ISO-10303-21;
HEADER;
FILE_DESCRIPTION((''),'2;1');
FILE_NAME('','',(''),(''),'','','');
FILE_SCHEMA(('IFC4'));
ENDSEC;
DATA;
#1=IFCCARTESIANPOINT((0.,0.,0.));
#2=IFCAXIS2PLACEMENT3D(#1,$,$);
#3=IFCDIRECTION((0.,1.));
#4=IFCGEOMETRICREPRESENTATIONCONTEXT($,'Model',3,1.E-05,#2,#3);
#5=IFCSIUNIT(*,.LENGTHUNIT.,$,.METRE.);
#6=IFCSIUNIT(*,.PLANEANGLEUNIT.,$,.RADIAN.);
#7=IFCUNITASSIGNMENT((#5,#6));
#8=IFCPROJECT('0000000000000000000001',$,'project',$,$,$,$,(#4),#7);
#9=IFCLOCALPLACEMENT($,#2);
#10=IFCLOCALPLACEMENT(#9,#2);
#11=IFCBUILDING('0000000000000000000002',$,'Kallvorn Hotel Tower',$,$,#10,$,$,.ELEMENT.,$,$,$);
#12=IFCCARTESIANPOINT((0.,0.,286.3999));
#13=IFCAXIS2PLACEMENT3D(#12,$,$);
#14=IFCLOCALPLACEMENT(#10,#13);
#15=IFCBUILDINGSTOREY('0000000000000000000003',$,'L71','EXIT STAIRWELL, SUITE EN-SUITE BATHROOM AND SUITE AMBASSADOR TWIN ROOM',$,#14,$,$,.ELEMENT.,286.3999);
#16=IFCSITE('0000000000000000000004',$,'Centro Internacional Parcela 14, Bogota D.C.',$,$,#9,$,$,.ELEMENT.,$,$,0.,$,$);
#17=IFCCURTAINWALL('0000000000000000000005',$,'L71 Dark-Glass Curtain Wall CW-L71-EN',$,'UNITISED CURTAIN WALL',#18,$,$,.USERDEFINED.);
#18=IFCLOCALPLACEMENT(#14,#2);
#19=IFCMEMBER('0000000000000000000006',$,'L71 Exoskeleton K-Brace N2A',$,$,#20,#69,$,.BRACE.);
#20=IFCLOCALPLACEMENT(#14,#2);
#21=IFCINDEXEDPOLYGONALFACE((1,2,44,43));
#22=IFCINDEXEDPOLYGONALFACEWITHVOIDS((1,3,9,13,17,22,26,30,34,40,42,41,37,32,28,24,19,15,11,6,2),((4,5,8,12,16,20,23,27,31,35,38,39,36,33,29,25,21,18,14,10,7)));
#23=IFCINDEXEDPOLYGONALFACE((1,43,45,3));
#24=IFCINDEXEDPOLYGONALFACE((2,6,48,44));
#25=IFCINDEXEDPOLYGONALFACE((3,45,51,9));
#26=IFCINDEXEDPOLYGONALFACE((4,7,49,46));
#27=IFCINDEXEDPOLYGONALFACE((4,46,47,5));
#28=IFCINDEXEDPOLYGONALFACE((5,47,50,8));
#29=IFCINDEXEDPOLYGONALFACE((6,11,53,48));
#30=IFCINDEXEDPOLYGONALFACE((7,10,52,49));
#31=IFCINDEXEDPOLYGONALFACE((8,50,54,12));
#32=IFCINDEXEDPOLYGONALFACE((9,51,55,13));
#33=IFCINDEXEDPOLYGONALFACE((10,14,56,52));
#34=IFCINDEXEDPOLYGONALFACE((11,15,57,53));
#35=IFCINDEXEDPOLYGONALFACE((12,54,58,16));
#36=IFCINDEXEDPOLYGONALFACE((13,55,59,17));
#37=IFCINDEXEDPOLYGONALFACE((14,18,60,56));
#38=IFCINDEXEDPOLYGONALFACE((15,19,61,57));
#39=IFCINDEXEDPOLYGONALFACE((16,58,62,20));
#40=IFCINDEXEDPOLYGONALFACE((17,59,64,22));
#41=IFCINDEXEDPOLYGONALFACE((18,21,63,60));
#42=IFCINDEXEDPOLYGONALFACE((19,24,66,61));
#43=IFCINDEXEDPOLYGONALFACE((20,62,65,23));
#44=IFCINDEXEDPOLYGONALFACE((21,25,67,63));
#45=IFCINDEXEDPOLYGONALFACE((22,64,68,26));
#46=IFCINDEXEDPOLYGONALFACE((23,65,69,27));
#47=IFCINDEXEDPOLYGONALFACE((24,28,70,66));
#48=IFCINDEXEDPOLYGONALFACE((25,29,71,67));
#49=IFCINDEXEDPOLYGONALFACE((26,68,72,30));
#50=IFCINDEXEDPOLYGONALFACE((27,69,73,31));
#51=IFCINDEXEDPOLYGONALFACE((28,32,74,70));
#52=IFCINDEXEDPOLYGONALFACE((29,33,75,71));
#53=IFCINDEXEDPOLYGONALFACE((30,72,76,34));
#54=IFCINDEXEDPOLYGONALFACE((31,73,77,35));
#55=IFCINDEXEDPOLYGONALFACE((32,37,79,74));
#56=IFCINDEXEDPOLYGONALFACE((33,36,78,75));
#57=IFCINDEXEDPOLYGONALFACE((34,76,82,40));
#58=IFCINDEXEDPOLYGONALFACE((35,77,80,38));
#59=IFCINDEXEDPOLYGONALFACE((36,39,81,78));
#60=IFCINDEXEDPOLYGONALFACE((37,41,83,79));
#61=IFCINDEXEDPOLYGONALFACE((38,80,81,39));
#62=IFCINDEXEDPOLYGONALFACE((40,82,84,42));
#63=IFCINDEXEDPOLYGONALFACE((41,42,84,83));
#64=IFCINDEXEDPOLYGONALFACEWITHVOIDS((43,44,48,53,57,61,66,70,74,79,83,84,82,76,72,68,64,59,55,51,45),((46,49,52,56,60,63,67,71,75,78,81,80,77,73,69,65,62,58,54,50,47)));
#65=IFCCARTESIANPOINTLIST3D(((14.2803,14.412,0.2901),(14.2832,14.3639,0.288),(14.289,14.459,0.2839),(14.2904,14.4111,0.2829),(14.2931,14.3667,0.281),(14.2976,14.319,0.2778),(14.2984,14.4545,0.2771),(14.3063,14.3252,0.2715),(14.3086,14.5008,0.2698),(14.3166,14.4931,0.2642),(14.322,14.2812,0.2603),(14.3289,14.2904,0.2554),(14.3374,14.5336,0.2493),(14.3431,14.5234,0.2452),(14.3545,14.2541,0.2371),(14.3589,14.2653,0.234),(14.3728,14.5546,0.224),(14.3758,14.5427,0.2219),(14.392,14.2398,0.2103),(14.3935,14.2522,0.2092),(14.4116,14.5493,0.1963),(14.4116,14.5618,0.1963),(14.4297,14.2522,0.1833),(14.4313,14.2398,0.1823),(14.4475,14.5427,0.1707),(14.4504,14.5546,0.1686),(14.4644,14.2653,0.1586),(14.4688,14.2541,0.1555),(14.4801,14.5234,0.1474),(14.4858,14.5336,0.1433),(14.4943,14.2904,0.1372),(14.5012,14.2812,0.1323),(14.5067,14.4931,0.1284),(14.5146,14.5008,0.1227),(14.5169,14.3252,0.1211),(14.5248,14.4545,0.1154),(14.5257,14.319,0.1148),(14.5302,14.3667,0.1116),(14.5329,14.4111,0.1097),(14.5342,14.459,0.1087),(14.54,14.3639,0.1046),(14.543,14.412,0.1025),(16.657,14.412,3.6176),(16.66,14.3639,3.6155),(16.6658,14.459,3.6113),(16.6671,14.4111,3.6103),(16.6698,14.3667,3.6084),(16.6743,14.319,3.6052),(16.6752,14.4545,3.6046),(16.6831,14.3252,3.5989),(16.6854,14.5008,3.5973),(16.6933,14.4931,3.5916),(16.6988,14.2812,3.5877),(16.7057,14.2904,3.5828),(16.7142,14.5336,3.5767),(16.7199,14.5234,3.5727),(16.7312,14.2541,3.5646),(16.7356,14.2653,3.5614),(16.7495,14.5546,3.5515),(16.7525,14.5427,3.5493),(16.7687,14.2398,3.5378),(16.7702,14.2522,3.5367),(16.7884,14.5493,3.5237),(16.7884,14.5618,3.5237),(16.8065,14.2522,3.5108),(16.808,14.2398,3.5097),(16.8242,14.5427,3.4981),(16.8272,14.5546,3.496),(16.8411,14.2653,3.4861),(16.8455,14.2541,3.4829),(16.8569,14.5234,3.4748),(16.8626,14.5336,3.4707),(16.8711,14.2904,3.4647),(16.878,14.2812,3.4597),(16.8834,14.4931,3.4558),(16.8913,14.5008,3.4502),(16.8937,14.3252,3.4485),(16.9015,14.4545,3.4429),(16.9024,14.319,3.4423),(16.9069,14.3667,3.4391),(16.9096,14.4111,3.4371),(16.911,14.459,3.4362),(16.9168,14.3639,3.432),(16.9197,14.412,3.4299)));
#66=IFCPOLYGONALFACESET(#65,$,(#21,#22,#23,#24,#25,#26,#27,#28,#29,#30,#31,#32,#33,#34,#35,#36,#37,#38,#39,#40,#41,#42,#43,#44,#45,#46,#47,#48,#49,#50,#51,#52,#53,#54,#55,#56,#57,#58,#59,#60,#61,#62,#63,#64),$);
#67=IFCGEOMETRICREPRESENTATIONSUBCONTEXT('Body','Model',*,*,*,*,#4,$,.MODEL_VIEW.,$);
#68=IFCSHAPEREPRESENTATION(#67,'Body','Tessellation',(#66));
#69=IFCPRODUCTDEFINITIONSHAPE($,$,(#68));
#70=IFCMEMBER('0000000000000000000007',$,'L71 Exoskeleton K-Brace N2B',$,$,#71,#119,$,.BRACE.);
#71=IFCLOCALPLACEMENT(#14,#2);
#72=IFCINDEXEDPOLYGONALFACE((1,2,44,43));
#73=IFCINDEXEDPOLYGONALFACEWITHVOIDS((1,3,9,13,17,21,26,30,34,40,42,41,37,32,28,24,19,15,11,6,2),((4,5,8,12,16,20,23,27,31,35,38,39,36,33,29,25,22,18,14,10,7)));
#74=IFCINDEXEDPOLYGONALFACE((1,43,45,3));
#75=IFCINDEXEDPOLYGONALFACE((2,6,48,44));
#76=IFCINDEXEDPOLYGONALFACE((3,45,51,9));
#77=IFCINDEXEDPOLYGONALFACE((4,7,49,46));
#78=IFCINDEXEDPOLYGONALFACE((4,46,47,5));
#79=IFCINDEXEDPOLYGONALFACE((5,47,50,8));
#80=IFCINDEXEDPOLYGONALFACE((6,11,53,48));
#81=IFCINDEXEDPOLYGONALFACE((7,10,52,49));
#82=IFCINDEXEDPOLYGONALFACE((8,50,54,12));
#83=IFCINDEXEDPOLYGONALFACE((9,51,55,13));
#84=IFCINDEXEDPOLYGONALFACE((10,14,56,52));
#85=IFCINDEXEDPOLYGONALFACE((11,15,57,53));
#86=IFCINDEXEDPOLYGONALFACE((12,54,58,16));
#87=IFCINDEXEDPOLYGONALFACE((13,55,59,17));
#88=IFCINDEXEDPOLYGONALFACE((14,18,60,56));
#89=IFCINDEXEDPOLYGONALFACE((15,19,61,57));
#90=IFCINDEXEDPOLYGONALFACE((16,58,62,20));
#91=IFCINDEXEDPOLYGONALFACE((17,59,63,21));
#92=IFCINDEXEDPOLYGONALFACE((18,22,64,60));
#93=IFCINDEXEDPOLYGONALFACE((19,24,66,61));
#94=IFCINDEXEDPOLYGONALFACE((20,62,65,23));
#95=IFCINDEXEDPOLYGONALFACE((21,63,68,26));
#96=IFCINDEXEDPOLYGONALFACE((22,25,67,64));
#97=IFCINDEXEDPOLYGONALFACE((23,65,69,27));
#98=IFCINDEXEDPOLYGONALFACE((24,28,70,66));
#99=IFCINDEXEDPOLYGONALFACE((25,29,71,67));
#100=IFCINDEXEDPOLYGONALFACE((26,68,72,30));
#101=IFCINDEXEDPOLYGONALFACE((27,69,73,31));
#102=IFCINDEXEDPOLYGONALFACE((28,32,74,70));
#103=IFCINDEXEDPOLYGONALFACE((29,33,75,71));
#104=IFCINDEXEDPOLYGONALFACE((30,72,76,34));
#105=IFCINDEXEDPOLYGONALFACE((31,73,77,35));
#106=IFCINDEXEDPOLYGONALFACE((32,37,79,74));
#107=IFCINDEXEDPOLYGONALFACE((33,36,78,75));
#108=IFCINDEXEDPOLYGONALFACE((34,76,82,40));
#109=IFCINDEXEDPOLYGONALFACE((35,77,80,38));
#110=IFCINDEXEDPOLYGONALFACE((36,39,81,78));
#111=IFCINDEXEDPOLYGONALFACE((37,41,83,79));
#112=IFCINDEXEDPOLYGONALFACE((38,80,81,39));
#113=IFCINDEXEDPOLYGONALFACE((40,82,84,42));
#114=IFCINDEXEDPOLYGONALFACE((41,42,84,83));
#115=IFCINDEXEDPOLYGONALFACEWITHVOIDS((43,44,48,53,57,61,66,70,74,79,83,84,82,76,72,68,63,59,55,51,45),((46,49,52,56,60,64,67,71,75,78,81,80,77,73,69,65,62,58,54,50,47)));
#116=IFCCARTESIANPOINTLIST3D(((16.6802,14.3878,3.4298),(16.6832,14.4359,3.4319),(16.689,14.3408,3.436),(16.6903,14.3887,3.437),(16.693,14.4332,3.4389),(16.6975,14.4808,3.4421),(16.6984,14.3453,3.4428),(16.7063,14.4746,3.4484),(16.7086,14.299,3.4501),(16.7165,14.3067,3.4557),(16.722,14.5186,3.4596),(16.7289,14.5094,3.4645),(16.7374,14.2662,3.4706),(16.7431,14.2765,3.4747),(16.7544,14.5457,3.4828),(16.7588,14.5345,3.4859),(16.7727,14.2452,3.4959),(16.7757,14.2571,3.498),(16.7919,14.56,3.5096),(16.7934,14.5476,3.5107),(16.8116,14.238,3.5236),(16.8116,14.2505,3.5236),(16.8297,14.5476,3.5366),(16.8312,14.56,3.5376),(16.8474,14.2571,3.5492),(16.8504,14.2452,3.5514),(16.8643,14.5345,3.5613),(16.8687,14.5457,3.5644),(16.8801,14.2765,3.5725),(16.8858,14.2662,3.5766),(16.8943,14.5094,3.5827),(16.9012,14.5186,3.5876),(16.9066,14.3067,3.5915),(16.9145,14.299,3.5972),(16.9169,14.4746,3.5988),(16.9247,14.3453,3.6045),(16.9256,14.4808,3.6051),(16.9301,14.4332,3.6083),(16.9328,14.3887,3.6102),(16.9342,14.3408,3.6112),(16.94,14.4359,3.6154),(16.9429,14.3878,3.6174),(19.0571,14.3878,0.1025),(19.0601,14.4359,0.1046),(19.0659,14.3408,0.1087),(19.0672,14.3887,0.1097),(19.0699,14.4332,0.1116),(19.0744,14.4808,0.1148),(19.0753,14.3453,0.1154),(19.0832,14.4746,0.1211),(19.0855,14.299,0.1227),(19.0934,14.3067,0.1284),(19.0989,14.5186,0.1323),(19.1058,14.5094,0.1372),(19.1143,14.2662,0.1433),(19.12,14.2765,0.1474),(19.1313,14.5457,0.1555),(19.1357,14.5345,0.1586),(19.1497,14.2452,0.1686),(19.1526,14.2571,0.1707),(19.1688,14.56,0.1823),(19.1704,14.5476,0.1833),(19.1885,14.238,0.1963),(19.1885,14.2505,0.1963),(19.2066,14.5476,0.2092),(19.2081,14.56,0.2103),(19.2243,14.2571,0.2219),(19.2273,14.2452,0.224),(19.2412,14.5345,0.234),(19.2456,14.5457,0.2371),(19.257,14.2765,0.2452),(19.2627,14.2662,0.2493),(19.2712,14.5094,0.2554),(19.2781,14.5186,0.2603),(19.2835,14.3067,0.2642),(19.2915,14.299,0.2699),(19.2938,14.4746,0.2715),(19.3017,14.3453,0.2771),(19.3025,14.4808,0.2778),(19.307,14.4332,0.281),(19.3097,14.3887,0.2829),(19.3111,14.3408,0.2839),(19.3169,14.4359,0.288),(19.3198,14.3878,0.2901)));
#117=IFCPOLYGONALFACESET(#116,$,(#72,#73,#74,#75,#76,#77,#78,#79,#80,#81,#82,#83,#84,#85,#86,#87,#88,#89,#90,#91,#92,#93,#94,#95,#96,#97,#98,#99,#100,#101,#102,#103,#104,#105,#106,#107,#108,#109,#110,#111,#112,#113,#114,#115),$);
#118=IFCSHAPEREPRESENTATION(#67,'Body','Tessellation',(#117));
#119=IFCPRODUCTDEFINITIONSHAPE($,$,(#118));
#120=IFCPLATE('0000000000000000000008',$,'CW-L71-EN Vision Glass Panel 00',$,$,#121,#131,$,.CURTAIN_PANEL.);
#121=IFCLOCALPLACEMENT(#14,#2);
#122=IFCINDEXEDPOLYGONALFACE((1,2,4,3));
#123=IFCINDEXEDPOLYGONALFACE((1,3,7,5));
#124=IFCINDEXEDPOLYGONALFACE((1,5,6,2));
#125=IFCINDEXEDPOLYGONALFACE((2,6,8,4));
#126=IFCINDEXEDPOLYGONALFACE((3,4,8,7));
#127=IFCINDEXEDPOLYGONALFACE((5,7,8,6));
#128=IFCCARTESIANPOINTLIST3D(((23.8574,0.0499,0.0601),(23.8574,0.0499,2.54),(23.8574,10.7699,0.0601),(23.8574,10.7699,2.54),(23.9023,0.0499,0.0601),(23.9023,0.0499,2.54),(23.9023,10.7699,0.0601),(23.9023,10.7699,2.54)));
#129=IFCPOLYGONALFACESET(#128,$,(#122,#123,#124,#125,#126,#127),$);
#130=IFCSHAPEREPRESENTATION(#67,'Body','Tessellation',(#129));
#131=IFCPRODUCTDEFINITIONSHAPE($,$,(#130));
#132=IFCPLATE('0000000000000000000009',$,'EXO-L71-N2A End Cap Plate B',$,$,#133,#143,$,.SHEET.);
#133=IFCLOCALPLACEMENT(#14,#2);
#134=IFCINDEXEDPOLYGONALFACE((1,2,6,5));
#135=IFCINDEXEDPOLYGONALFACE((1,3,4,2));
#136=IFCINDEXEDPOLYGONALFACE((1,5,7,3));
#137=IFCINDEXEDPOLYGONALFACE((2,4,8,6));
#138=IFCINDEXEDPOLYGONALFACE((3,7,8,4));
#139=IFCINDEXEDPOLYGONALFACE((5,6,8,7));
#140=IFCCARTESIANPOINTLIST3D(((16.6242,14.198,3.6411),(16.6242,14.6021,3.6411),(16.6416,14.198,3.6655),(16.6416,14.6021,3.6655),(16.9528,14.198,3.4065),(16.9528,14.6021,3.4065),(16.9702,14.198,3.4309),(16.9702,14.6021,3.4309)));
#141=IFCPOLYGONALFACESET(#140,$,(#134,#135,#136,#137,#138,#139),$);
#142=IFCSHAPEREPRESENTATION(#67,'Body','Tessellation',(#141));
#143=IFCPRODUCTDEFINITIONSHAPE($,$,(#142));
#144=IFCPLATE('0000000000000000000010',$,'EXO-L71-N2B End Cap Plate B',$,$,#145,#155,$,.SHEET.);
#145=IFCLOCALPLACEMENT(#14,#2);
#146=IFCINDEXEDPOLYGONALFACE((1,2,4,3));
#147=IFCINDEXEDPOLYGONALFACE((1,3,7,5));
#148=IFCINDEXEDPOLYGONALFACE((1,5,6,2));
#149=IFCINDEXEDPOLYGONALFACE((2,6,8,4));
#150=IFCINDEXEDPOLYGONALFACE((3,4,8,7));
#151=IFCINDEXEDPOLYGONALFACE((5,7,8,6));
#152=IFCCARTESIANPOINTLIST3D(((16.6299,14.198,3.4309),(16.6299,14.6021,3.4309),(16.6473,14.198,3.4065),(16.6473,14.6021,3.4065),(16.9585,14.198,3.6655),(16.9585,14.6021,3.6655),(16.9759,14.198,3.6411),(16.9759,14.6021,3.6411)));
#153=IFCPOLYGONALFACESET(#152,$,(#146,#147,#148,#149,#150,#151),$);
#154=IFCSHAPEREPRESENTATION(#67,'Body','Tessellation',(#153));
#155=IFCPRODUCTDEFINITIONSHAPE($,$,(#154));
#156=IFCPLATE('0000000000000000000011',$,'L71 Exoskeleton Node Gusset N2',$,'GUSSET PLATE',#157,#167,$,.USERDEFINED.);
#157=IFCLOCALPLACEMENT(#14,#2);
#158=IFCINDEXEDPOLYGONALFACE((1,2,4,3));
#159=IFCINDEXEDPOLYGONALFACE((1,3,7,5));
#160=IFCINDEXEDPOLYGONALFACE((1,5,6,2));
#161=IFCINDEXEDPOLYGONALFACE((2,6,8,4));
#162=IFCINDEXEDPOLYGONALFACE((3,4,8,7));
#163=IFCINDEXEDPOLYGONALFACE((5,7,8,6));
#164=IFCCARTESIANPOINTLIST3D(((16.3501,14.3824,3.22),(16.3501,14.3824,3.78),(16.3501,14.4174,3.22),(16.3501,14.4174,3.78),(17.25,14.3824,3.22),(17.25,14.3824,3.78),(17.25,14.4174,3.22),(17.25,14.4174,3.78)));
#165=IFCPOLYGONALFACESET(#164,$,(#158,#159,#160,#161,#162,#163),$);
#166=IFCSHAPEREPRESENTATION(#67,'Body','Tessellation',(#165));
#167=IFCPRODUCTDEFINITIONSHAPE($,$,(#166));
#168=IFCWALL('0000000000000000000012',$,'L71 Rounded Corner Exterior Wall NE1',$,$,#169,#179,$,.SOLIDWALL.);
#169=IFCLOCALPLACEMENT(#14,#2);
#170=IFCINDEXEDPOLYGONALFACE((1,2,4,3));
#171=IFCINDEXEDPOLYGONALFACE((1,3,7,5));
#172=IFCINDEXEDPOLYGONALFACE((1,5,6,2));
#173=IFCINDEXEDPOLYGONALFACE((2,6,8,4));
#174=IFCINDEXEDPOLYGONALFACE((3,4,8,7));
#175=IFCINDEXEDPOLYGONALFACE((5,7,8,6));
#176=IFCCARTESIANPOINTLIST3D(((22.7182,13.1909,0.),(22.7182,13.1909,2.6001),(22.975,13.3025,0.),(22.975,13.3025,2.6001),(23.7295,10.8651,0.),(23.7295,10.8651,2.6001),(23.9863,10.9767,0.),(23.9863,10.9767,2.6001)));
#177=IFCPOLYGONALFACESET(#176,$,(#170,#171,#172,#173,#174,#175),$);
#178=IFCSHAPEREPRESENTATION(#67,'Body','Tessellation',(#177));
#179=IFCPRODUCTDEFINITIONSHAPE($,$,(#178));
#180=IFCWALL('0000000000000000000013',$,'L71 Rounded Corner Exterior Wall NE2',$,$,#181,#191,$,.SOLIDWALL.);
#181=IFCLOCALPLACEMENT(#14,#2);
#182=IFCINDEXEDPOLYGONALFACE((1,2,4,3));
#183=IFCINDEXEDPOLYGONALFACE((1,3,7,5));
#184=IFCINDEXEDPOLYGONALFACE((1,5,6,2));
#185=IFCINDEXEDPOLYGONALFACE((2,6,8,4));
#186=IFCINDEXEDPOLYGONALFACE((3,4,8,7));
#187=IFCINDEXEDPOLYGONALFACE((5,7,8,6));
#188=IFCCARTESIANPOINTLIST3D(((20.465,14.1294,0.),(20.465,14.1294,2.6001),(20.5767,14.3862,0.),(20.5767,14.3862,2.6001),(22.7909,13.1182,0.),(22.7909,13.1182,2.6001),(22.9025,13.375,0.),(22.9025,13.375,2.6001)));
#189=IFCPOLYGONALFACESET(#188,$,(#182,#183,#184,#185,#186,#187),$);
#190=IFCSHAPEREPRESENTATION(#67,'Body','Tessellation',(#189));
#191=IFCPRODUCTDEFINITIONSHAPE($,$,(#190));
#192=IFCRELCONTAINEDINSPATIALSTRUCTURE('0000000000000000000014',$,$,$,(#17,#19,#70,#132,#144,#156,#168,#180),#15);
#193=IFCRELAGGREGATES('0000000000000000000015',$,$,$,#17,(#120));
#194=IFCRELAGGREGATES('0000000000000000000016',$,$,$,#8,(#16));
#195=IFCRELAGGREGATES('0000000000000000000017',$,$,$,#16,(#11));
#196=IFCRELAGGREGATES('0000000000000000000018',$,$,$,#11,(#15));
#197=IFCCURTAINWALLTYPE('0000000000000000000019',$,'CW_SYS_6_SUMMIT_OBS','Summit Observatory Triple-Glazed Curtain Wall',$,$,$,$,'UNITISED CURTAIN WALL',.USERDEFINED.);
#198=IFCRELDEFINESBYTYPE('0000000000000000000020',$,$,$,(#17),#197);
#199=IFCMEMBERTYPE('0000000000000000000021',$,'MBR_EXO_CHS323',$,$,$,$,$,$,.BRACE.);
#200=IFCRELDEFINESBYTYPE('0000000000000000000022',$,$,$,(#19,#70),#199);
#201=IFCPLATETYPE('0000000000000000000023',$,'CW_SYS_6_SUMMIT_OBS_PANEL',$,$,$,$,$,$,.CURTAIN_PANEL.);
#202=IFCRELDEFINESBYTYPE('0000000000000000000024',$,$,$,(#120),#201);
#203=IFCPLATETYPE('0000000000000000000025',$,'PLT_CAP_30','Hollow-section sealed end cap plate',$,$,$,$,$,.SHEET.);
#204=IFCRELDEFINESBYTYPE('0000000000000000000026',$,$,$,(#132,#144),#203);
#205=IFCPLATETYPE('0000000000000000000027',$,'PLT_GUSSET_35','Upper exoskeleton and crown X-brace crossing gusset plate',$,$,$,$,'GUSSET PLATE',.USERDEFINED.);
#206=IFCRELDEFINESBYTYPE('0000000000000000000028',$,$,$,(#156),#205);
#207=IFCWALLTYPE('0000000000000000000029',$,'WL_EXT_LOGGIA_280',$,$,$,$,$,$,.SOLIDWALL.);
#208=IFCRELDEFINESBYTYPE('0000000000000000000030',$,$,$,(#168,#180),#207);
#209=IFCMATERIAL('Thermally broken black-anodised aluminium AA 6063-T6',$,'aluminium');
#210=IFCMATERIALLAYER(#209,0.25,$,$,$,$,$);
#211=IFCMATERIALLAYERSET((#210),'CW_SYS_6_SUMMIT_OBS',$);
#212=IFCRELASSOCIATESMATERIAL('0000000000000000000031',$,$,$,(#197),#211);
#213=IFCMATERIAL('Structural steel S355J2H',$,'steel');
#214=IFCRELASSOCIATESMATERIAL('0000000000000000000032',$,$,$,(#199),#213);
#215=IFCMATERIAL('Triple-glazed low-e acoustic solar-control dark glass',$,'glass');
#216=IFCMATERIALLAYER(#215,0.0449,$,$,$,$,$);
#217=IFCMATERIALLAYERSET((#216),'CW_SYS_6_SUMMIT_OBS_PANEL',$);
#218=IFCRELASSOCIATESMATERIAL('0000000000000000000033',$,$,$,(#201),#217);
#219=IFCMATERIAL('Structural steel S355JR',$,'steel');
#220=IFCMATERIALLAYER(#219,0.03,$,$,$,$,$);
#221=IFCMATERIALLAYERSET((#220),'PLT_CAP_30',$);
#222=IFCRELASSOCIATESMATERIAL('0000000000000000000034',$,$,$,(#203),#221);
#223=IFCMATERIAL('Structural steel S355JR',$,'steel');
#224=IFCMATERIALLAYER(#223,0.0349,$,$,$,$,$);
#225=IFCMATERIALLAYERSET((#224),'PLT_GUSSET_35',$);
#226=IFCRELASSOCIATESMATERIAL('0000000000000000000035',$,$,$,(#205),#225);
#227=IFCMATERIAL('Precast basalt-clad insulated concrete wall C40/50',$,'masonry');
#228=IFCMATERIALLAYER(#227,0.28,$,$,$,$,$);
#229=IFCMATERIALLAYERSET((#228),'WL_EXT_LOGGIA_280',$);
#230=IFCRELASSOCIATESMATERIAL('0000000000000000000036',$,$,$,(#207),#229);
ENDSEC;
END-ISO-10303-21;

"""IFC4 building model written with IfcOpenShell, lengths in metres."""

from ifc_helpers import new_model, si_unit, direction, frame, frame_2d, origin, origin_2d, place, context, subcontext, project, spatial, polyline, rectangle, hollow_circle, outline, extrude, material, layer, layer_set, material_profile, profile_set, type_object, element, aggregate, save


model = new_model("IFC4")

# Units and contexts
model_context = context("Model", 3, precision=1e-05, world=origin(), true_north=direction((0.0, 1.0)))
body_context = subcontext(model_context, "Body", "Model", "MODEL_VIEW")
ifc_project = project(units=[si_unit("LENGTHUNIT", "METRE"), si_unit("PLANEANGLEUNIT", "RADIAN")], contexts=[model_context])

# Site, building, storey
site_placement = place(None, origin())
site = spatial("IfcSite", under=ifc_project, at=site_placement, Name="Centro Internacional Parcela 14, Bogota D.C.", CompositionType="ELEMENT", RefElevation=0.0)
building_placement = place(site_placement, origin())
building = spatial("IfcBuilding", under=site, at=building_placement, Name="Kallvorn Hotel Tower", CompositionType="ELEMENT")
storey_placement = place(building_placement, frame((0.0, 0.0, 286.3999)))
storey = spatial("IfcBuildingStorey", under=building, at=storey_placement, Name="L71", Description="EXIT STAIRWELL, SUITE EN-SUITE BATHROOM AND SUITE AMBASSADOR TWIN ROOM", CompositionType="ELEMENT", Elevation=286.3999)

# Curtain wall
ifc_material_1 = material(Name="Thermally broken black-anodised aluminium AA 6063-T6", Category="aluminium")
ifc_layer_1 = layer(ifc_material_1, 0.25)
ifc_layer_set_1 = layer_set([ifc_layer_1], Name="CW_SYS_6_SUMMIT_OBS")
curtain_wall_type = type_object("IfcCurtainWallType", Name="CW_SYS_6_SUMMIT_OBS", Description="Summit Observatory Triple-Glazed Curtain Wall", ElementType="UNITISED CURTAIN WALL", PredefinedType="USERDEFINED", material=ifc_layer_set_1)
curtain_wall_placement = place(storey_placement, origin())
curtain_wall = element("IfcCurtainWall", 1, at=curtain_wall_placement, inside=storey, type_object=curtain_wall_type, Name="L71 Dark-Glass Curtain Wall CW-L71-EN", ObjectType="UNITISED CURTAIN WALL", PredefinedType="USERDEFINED")

# Members
ifc_material_2 = material(Name="Structural steel S355J2H", Category="steel")
ifc_material_profile_1 = material_profile(ifc_material_2, hollow_circle(Radius=0.1619, WallThickness=0.0125, at=origin_2d()), Name="CHS 323.9x12.5")
ifc_profile_set_1 = profile_set([ifc_material_profile_1], Name="Structural steel S355J2H")
member_type_1 = type_object("IfcMemberType", Name="MBR_EXO_CHS323", PredefinedType="BRACE", material=ifc_profile_set_1)
for number, where, z_axis, x_axis, name in (
    (2, (14.4116, 14.3999, 0.1963), (0.581238, 0.0, 0.813733), (0.0, 1.0, 0.0), "L71 Exoskeleton K-Brace N2A"),
    (3, (19.1885, 14.3999, 0.1963), (-0.581278, 0.0, 0.813705), (0.0, -1.0, 0.0), "L71 Exoskeleton K-Brace N2B"),
):
    element("IfcMember", number, at=place(storey_placement, frame(where, z_axis=z_axis, x_axis=x_axis)), inside=storey, type_object=member_type_1, Name=name, PredefinedType="BRACE", context=body_context, shape_type="SweptSolid", body=[
        extrude(hollow_circle(Radius=0.1619, WallThickness=0.0125, at=origin_2d()), origin(), (0.0, 0.0, 1.0), 4.0891),
    ])

# Plate
ifc_material_3 = material(Name="Triple-glazed low-e acoustic solar-control dark glass", Category="glass")
ifc_layer_2 = layer(ifc_material_3, 0.0449)
ifc_layer_set_2 = layer_set([ifc_layer_2], Name="CW_SYS_6_SUMMIT_OBS_PANEL")
plate_type_1 = type_object("IfcPlateType", Name="CW_SYS_6_SUMMIT_OBS_PANEL", PredefinedType="CURTAIN_PANEL", material=ifc_layer_set_2)
plate_1_placement = place(storey_placement, frame((23.8799, 5.4099, 0.0601), z_axis=(0.0, 0.0, 1.0), x_axis=(0.0, 1.0, 0.0)))
plate_1 = element("IfcPlate", 4, at=plate_1_placement, type_object=plate_type_1, Name="CW-L71-EN Vision Glass Panel 00", PredefinedType="CURTAIN_PANEL", context=body_context, shape_type="SweptSolid", body=[
    extrude(rectangle(XDim=10.72, YDim=0.0449, at=origin_2d()), origin(), (0.0, 0.0, 1.0), 2.48),
])
aggregate(curtain_wall, [plate_1])

# Plates
ifc_material_4 = material(Name="Structural steel S355JR", Category="steel")
ifc_layer_3 = layer(ifc_material_4, 0.03)
ifc_layer_set_3 = layer_set([ifc_layer_3], Name="PLT_CAP_30")
plate_type_2 = type_object("IfcPlateType", Name="PLT_CAP_30", Description="Hollow-section sealed end cap plate", PredefinedType="SHEET", material=ifc_layer_set_3)
for number, where, z_axis, x_axis, name in (
    (5, (16.9702, 14.198, 3.4309), (0.581067, 0.0, 0.813856), (0.0, 1.0, 0.0), "EXO-L71-N2A End Cap Plate B"),
    (6, (16.6299, 14.6021, 3.4309), (-0.581067, 0.0, 0.813856), (0.0, -1.0, 0.0), "EXO-L71-N2B End Cap Plate B"),
):
    element("IfcPlate", number, at=place(storey_placement, frame(where, z_axis=z_axis, x_axis=x_axis)), inside=storey, type_object=plate_type_2, Name=name, PredefinedType="SHEET", context=body_context, shape_type="SweptSolid", body=[
        extrude(outline(polyline([(0.0, 0.0), (0.4041, 0.0), (0.4041, 0.4038), (0.0, 0.4038), (0.0, 0.0)])), origin(), (0.0, 0.0, -1.0), 0.03),
    ])
ifc_material_5 = material(Name="Structural steel S355JR", Category="steel")
ifc_layer_4 = layer(ifc_material_5, 0.0349)
ifc_layer_set_4 = layer_set([ifc_layer_4], Name="PLT_GUSSET_35")
plate_type_3 = type_object("IfcPlateType", Name="PLT_GUSSET_35", Description="Upper exoskeleton and crown X-brace crossing gusset plate", ElementType="GUSSET PLATE", PredefinedType="USERDEFINED", material=ifc_layer_set_4)
plate_2_placement = place(storey_placement, frame((16.8, 14.3999, 3.22), z_axis=(0.0, 0.0, 1.0), x_axis=(1.0, 0.0, 0.0)))
element("IfcPlate", 7, at=plate_2_placement, inside=storey, type_object=plate_type_3, Name="L71 Exoskeleton Node Gusset N2", ObjectType="GUSSET PLATE", PredefinedType="USERDEFINED", context=body_context, shape_type="SweptSolid", body=[
    extrude(rectangle(XDim=0.8999, YDim=0.0349, at=origin_2d()), origin(), (0.0, 0.0, 1.0), 0.5601),
])

# Walls
ifc_material_6 = material(Name="Precast basalt-clad insulated concrete wall C40/50", Category="masonry")
ifc_layer_5 = layer(ifc_material_6, 0.28)
ifc_layer_set_5 = layer_set([ifc_layer_5], Name="WL_EXT_LOGGIA_280")
wall_type_1 = type_object("IfcWallType", Name="WL_EXT_LOGGIA_280", PredefinedType="SOLIDWALL", material=ifc_layer_set_5)
for number, where, z_axis, x_axis, name in (
    (8, (23.8579, 10.9209, 0.0), (0.0, 0.0, 1.0), (-0.398747, 0.917061, 0.0), "L71 Rounded Corner Exterior Wall NE1"),
    (9, (22.8467, 13.2466, 0.0), (0.0, 0.0, 1.0), (-0.917076, 0.398712, 0.0), "L71 Rounded Corner Exterior Wall NE2"),
):
    element("IfcWall", number, at=place(storey_placement, frame(where, z_axis=z_axis, x_axis=x_axis)), inside=storey, type_object=wall_type_1, Name=name, PredefinedType="SOLIDWALL", context=body_context, shape_type="SweptSolid", body=[
        extrude(rectangle(XDim=2.5361, YDim=0.28, at=frame_2d((1.2681, 0.0))), origin(), (0.0, 0.0, 1.0), 2.6001),
    ])

save(model, "model.ifc")
